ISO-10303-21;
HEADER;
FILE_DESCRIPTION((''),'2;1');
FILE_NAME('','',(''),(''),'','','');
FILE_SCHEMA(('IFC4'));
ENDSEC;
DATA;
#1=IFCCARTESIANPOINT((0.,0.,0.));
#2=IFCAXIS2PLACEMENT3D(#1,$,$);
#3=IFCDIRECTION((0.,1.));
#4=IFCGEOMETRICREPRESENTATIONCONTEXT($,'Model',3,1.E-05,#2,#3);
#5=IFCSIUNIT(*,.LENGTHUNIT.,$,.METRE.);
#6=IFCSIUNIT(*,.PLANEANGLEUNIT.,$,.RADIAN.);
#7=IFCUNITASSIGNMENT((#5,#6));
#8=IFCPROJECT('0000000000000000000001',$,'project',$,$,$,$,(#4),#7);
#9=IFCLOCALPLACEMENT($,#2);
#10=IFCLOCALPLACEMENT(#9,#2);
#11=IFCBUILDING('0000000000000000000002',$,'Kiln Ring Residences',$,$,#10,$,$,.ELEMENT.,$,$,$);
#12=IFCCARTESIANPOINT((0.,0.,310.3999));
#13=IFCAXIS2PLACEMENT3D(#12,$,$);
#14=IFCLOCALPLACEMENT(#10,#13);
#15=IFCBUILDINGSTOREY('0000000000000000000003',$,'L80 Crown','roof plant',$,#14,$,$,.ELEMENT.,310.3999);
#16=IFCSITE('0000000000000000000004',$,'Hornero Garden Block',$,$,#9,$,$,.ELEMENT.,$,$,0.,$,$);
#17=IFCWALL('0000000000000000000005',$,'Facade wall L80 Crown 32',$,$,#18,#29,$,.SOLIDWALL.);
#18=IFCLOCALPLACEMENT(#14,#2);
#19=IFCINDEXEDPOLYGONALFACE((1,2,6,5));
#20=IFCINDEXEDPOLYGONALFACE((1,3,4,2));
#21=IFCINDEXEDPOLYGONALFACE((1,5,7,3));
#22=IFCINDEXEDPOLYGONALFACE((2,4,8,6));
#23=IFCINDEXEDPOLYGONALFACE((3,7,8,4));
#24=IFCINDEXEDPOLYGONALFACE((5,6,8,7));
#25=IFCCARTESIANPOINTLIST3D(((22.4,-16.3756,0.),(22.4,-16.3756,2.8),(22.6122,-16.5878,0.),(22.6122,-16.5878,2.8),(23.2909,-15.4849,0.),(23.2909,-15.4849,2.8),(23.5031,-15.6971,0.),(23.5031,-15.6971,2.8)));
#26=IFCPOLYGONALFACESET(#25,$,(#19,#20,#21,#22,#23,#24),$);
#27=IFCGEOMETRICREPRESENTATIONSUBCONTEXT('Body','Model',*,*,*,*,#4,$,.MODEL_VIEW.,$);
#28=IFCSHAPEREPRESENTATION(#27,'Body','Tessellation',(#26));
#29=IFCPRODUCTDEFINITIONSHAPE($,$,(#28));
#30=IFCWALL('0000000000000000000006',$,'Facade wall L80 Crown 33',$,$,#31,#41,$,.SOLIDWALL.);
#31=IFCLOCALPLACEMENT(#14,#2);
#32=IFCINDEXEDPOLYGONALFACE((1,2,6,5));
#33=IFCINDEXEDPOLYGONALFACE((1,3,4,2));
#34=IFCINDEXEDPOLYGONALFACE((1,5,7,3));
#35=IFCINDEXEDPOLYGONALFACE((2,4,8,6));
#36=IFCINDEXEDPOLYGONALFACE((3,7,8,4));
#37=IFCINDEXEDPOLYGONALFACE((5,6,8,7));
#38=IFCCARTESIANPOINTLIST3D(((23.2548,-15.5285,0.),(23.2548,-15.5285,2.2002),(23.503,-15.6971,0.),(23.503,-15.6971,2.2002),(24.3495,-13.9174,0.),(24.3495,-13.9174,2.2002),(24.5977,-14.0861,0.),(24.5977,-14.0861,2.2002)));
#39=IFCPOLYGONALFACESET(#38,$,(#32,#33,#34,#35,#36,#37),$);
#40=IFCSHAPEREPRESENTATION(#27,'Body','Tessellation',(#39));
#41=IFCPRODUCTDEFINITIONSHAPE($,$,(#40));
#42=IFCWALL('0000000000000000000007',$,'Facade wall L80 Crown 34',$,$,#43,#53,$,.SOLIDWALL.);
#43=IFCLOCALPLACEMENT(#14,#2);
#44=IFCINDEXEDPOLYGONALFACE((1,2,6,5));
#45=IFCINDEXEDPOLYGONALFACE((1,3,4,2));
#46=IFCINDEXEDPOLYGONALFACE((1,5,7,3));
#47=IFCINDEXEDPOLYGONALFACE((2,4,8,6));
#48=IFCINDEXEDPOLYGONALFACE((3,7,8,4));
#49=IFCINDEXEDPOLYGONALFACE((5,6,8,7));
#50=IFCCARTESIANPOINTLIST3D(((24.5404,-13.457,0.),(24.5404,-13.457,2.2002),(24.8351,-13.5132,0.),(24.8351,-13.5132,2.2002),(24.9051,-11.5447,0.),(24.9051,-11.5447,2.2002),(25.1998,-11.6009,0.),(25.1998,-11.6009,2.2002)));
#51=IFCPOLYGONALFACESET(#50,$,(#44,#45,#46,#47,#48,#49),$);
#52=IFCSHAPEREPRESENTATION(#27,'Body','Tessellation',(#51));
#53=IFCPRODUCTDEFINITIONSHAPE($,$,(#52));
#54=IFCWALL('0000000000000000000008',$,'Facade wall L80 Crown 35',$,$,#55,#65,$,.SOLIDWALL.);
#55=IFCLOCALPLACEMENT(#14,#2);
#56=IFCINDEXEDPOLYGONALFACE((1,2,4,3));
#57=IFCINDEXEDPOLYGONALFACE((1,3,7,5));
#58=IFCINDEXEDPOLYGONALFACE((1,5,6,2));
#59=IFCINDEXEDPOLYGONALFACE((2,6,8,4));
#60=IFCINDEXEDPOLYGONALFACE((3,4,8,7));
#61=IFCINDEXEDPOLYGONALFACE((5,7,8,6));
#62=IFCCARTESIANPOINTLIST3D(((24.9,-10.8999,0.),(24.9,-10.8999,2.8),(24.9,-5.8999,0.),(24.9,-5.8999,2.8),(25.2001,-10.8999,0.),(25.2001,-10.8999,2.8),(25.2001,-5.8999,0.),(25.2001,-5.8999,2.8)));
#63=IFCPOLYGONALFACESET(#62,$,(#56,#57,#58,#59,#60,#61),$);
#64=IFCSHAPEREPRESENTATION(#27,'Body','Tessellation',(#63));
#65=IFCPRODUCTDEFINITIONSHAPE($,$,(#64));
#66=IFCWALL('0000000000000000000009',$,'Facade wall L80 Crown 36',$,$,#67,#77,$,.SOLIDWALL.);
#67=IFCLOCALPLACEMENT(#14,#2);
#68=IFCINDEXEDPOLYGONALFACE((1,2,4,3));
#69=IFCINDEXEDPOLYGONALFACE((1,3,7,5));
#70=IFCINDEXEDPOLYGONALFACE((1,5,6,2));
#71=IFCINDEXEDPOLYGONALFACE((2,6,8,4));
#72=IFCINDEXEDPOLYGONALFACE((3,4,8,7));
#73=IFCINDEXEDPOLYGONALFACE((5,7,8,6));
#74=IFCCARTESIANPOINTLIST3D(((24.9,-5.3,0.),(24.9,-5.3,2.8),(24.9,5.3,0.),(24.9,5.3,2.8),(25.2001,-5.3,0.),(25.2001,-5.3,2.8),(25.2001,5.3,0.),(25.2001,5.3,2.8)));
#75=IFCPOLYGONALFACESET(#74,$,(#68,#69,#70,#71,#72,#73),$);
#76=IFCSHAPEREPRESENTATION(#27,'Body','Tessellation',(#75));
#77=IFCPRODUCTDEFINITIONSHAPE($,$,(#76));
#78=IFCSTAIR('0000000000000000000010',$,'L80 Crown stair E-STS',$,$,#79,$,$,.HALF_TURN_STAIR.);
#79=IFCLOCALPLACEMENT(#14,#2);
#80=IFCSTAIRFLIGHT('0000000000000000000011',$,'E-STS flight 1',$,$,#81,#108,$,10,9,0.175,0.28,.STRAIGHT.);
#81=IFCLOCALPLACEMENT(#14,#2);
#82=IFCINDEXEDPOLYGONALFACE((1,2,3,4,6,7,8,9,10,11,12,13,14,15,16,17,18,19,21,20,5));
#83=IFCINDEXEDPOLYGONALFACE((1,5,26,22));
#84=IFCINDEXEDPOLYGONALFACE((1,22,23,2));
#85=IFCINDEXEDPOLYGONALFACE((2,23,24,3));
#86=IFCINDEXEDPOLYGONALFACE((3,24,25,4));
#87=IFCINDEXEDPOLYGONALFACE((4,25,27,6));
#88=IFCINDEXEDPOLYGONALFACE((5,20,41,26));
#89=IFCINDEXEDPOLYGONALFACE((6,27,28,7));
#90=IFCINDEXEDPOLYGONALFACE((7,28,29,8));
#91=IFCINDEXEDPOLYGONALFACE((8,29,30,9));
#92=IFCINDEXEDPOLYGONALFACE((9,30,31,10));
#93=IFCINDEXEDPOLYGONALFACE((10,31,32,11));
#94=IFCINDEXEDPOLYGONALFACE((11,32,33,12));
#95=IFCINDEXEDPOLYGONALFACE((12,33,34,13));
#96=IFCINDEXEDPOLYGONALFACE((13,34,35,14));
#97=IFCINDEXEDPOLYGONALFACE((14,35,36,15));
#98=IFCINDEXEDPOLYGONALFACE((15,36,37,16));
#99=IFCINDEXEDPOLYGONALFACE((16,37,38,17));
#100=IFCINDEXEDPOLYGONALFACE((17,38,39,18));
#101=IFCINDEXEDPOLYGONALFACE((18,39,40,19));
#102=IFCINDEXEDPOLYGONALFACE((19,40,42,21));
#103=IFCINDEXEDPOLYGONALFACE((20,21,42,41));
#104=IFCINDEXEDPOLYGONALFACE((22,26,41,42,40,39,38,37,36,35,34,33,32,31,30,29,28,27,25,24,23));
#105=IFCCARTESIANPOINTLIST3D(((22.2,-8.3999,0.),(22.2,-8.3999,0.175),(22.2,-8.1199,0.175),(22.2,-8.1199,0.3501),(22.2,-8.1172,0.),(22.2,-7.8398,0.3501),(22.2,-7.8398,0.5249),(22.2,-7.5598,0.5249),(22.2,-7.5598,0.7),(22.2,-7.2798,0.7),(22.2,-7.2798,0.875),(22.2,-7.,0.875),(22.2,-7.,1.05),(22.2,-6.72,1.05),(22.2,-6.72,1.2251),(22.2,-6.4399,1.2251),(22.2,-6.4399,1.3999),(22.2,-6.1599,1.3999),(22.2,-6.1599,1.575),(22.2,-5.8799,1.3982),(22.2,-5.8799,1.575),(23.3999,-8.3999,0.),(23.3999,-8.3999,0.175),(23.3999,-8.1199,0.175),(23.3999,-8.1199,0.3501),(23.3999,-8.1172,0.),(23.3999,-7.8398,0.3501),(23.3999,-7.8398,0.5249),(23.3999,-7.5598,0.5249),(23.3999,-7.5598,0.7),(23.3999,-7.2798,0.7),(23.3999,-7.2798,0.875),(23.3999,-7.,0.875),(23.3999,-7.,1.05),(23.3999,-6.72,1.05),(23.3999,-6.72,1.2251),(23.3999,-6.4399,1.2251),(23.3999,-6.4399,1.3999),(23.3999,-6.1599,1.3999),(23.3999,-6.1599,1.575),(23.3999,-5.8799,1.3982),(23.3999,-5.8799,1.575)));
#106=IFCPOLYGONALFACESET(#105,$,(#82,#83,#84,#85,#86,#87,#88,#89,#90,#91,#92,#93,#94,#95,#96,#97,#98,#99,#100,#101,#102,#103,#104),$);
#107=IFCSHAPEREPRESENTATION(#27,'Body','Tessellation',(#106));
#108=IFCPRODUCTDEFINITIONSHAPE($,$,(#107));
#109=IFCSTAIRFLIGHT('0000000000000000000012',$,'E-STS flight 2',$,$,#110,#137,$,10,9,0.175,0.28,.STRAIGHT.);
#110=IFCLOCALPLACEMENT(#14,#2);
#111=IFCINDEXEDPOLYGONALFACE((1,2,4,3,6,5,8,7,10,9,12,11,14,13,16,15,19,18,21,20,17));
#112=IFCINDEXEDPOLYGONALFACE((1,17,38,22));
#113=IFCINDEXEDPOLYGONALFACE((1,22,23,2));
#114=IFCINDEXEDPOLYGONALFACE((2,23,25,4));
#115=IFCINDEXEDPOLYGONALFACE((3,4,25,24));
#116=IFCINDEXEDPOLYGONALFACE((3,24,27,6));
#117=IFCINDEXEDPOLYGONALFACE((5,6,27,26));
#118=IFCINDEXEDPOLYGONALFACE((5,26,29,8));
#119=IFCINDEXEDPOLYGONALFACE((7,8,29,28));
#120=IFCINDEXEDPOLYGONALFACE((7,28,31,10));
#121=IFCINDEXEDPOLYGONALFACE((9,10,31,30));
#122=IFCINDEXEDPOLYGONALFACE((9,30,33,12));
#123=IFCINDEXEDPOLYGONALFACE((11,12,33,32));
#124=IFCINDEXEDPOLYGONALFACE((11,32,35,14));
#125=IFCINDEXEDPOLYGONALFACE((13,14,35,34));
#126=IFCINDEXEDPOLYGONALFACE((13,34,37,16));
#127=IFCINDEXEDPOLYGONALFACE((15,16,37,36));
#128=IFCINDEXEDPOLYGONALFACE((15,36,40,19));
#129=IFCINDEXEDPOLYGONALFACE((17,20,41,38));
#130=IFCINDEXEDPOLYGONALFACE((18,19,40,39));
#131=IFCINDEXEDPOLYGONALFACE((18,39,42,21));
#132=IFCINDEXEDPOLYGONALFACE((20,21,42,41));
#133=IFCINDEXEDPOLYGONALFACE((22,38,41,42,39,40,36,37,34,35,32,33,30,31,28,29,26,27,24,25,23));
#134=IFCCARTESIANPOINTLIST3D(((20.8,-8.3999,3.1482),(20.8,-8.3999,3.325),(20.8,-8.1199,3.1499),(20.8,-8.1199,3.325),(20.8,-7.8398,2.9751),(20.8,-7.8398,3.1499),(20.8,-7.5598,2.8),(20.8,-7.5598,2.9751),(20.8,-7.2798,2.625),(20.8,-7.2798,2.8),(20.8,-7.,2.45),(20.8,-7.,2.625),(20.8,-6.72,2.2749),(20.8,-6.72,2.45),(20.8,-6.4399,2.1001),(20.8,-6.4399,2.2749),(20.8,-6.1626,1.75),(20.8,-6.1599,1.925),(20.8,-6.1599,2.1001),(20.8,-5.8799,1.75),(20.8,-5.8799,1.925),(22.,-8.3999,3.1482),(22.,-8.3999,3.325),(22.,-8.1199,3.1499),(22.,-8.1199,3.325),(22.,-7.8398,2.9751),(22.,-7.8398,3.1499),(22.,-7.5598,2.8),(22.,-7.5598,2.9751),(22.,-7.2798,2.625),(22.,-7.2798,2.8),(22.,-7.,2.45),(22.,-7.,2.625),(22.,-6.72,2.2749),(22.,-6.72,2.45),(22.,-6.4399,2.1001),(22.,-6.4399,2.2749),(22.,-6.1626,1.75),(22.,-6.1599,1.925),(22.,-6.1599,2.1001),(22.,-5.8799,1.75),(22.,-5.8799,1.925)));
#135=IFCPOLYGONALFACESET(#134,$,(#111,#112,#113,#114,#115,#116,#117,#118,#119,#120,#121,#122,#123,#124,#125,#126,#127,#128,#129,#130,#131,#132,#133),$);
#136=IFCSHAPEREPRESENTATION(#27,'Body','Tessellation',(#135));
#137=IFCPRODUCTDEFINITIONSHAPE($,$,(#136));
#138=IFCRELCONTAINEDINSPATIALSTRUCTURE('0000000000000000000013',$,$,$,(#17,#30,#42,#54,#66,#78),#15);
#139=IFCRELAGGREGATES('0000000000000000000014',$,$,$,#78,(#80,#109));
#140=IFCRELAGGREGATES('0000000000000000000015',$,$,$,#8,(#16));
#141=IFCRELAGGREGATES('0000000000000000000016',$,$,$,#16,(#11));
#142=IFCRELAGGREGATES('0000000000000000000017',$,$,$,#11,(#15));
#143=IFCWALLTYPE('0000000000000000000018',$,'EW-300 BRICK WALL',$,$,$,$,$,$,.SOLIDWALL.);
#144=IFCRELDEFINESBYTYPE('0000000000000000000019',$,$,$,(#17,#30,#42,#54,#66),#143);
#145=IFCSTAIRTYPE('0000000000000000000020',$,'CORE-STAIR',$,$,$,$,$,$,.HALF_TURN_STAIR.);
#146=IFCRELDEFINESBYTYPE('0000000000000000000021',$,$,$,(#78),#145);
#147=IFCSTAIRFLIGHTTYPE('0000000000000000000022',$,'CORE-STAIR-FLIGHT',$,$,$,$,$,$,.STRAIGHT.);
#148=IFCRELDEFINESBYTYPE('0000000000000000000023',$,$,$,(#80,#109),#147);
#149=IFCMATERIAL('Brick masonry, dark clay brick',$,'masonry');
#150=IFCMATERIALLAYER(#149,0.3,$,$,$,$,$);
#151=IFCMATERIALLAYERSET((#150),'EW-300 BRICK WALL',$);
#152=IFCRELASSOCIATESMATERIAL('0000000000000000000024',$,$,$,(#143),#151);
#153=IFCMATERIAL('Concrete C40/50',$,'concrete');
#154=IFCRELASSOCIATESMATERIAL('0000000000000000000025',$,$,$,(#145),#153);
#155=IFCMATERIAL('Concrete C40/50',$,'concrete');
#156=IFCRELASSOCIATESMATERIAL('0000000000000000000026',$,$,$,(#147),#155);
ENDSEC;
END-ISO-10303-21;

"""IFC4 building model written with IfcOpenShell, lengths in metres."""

from ifc_helpers import new_model, si_unit, direction, frame, frame_2d, origin, place, context, subcontext, project, spatial, polyline, rectangle, outline, extrude, material, layer, layer_set, type_object, element, aggregate, save


model = new_model("IFC4")

# Units and contexts
model_context = context("Model", 3, precision=1e-05, world=origin(), true_north=direction((0.0, 1.0)))
body_context = subcontext(model_context, "Body", "Model", "MODEL_VIEW")
ifc_project = project(units=[si_unit("LENGTHUNIT", "METRE"), si_unit("PLANEANGLEUNIT", "RADIAN")], contexts=[model_context])

# Site, building, storey
site_placement = place(None, origin())
site = spatial("IfcSite", under=ifc_project, at=site_placement, Name="Hornero Garden Block", CompositionType="ELEMENT", RefElevation=0.0)
building_placement = place(site_placement, origin())
building = spatial("IfcBuilding", under=site, at=building_placement, Name="Kiln Ring Residences", CompositionType="ELEMENT")
storey_placement = place(building_placement, frame((0.0, 0.0, 310.3999)))
storey = spatial("IfcBuildingStorey", under=building, at=storey_placement, Name="L80 Crown", Description="roof plant", CompositionType="ELEMENT", Elevation=310.3999)

# Walls
ifc_material_1 = material(Name="Brick masonry, dark clay brick", Category="masonry")
ifc_layer_1 = layer(ifc_material_1, 0.3)
ifc_layer_set_1 = layer_set([ifc_layer_1], Name="EW-300 BRICK WALL")
wall_type_1 = type_object("IfcWallType", Name="EW-300 BRICK WALL", PredefinedType="SOLIDWALL", material=ifc_layer_set_1)
for number, where, z_axis, x_axis, name in (
    (1, (22.5061, -16.4817, 0.0), (0.0, 0.0, 1.0), (0.707204, 0.70701, 0.0), "Facade wall L80 Crown 32"),
):
    element("IfcWall", number, at=place(storey_placement, frame(where, z_axis=z_axis, x_axis=x_axis)), inside=storey, type_object=wall_type_1, Name=name, PredefinedType="SOLIDWALL", context=body_context, shape_type="SweptSolid", body=[
        extrude(rectangle(XDim=1.2598, YDim=0.3, at=frame_2d((0.6299, 0.0))), origin(), (0.0, 0.0, 1.0), 2.8),
    ])
wall_1_placement = place(storey_placement, frame((23.3789, -15.6128, 0.0), z_axis=(0.0, 0.0, 1.0), x_axis=(0.562025, 0.82712, 0.0)))
element("IfcWall", 2, at=wall_1_placement, inside=storey, type_object=wall_type_1, Name="Facade wall L80 Crown 33", PredefinedType="SOLIDWALL", context=body_context, shape_type="SweptSolid", body=[
    extrude(rectangle(XDim=1.9478, YDim=0.3, at=frame_2d((0.9739, 0.0))), origin(), (0.0, 0.0, 1.0), 2.2002),
])
wall_2_placement = place(storey_placement, frame((24.6877, -13.4851, 0.0), z_axis=(0.0, 0.0, 1.0), x_axis=(0.187354, 0.982292, 0.0)))
element("IfcWall", 3, at=wall_2_placement, inside=storey, type_object=wall_type_1, Name="Facade wall L80 Crown 34", PredefinedType="SOLIDWALL", context=body_context, shape_type="SweptSolid", body=[
    extrude(rectangle(XDim=1.9468, YDim=0.3, at=frame_2d((0.9734, 0.0))), origin(), (0.0, 0.0, 1.0), 2.2002),
])
wall_3_placement = place(storey_placement, frame((25.05, -10.8999, 0.0), z_axis=(0.0, 0.0, 1.0), x_axis=(0.0, 1.0, 0.0)))
element("IfcWall", 4, at=wall_3_placement, inside=storey, type_object=wall_type_1, Name="Facade wall L80 Crown 35", PredefinedType="SOLIDWALL", context=body_context, shape_type="SweptSolid", body=[
    extrude(rectangle(XDim=5.0, YDim=0.3, at=frame_2d((2.5, 0.0))), origin(), (0.0, 0.0, 1.0), 2.8),
])
wall_4_placement = place(storey_placement, frame((25.05, -5.3, 0.0), z_axis=(0.0, 0.0, 1.0), x_axis=(0.0, 1.0, 0.0)))
element("IfcWall", 5, at=wall_4_placement, inside=storey, type_object=wall_type_1, Name="Facade wall L80 Crown 36", PredefinedType="SOLIDWALL", context=body_context, shape_type="SweptSolid", body=[
    extrude(rectangle(XDim=10.6001, YDim=0.3, at=frame_2d((5.3, 0.0))), origin(), (0.0, 0.0, 1.0), 2.8),
])

# Stair, stair flights
ifc_material_2 = material(Name="Concrete C40/50", Category="concrete")
stair_type = type_object("IfcStairType", Name="CORE-STAIR", PredefinedType="HALF_TURN_STAIR", material=ifc_material_2)
stair_placement = place(storey_placement, origin())
stair = element("IfcStair", 6, at=stair_placement, inside=storey, type_object=stair_type, Name="L80 Crown stair E-STS", PredefinedType="HALF_TURN_STAIR")
ifc_material_3 = material(Name="Concrete C40/50", Category="concrete")
stair_flight_type = type_object("IfcStairFlightType", Name="CORE-STAIR-FLIGHT", PredefinedType="STRAIGHT", material=ifc_material_3)
stair_flight_1_placement = place(storey_placement, frame((22.8, -8.3999, 0.0), z_axis=(0.0, 0.0, 1.0), x_axis=(0.0, 1.0, 0.0)))
stair_flight_1 = element("IfcStairFlight", 7, at=stair_flight_1_placement, type_object=stair_flight_type, Name="E-STS flight 1", NumberOfRisers=10, NumberOfTreads=9, PredefinedType="STRAIGHT", RiserHeight=0.175, TreadLength=0.28, context=body_context, shape_type="SweptSolid", body=[
    extrude(outline(polyline([(0.0, 0.0), (0.0, 0.175), (0.28, 0.175), (0.28, 0.3501), (0.5601, 0.3501), (0.5601, 0.5249), (0.8401, 0.5249), (0.8401, 0.7), (1.1201, 0.7), (1.1201, 0.875), (1.3999, 0.875), (1.3999, 1.05), (1.6799, 1.05), (1.6799, 1.2251), (1.96, 1.2251), (1.96, 1.3999), (2.24, 1.3999), (2.24, 1.575), (2.52, 1.575), (2.52, 1.75), (2.52, 1.3982), (0.2827, 0.0), (0.0, 0.0)])), frame((0.0, 0.6001, 0.0), z_axis=(0.0, -1.0, 0.0), x_axis=(1.0, 0.0, 0.0)), (0.0, 0.0, 1.0), 1.2),
])
stair_flight_2_placement = place(storey_placement, frame((21.3999, -5.8799, 1.75), z_axis=(0.0, 0.0, 1.0), x_axis=(0.0, -1.0, 0.0)))
stair_flight_2 = element("IfcStairFlight", 8, at=stair_flight_2_placement, type_object=stair_flight_type, Name="E-STS flight 2", NumberOfRisers=10, NumberOfTreads=9, PredefinedType="STRAIGHT", RiserHeight=0.175, TreadLength=0.28, context=body_context, shape_type="SweptSolid", body=[
    extrude(outline(polyline([(0.0, 0.0), (0.0, 0.175), (0.28, 0.175), (0.28, 0.3501), (0.5601, 0.3501), (0.5601, 0.5249), (0.8401, 0.5249), (0.8401, 0.7), (1.1201, 0.7), (1.1201, 0.875), (1.3999, 0.875), (1.3999, 1.05), (1.6799, 1.05), (1.6799, 1.2251), (1.96, 1.2251), (1.96, 1.3999), (2.24, 1.3999), (2.24, 1.575), (2.52, 1.575), (2.52, 1.75), (2.52, 1.3982), (0.2827, 0.0), (0.0, 0.0)])), frame((0.0, 0.6001, 0.0), z_axis=(0.0, -1.0, 0.0), x_axis=(1.0, 0.0, 0.0)), (0.0, 0.0, 1.0), 1.2),
])
aggregate(stair, [stair_flight_1, stair_flight_2])

save(model, "model.ifc")
